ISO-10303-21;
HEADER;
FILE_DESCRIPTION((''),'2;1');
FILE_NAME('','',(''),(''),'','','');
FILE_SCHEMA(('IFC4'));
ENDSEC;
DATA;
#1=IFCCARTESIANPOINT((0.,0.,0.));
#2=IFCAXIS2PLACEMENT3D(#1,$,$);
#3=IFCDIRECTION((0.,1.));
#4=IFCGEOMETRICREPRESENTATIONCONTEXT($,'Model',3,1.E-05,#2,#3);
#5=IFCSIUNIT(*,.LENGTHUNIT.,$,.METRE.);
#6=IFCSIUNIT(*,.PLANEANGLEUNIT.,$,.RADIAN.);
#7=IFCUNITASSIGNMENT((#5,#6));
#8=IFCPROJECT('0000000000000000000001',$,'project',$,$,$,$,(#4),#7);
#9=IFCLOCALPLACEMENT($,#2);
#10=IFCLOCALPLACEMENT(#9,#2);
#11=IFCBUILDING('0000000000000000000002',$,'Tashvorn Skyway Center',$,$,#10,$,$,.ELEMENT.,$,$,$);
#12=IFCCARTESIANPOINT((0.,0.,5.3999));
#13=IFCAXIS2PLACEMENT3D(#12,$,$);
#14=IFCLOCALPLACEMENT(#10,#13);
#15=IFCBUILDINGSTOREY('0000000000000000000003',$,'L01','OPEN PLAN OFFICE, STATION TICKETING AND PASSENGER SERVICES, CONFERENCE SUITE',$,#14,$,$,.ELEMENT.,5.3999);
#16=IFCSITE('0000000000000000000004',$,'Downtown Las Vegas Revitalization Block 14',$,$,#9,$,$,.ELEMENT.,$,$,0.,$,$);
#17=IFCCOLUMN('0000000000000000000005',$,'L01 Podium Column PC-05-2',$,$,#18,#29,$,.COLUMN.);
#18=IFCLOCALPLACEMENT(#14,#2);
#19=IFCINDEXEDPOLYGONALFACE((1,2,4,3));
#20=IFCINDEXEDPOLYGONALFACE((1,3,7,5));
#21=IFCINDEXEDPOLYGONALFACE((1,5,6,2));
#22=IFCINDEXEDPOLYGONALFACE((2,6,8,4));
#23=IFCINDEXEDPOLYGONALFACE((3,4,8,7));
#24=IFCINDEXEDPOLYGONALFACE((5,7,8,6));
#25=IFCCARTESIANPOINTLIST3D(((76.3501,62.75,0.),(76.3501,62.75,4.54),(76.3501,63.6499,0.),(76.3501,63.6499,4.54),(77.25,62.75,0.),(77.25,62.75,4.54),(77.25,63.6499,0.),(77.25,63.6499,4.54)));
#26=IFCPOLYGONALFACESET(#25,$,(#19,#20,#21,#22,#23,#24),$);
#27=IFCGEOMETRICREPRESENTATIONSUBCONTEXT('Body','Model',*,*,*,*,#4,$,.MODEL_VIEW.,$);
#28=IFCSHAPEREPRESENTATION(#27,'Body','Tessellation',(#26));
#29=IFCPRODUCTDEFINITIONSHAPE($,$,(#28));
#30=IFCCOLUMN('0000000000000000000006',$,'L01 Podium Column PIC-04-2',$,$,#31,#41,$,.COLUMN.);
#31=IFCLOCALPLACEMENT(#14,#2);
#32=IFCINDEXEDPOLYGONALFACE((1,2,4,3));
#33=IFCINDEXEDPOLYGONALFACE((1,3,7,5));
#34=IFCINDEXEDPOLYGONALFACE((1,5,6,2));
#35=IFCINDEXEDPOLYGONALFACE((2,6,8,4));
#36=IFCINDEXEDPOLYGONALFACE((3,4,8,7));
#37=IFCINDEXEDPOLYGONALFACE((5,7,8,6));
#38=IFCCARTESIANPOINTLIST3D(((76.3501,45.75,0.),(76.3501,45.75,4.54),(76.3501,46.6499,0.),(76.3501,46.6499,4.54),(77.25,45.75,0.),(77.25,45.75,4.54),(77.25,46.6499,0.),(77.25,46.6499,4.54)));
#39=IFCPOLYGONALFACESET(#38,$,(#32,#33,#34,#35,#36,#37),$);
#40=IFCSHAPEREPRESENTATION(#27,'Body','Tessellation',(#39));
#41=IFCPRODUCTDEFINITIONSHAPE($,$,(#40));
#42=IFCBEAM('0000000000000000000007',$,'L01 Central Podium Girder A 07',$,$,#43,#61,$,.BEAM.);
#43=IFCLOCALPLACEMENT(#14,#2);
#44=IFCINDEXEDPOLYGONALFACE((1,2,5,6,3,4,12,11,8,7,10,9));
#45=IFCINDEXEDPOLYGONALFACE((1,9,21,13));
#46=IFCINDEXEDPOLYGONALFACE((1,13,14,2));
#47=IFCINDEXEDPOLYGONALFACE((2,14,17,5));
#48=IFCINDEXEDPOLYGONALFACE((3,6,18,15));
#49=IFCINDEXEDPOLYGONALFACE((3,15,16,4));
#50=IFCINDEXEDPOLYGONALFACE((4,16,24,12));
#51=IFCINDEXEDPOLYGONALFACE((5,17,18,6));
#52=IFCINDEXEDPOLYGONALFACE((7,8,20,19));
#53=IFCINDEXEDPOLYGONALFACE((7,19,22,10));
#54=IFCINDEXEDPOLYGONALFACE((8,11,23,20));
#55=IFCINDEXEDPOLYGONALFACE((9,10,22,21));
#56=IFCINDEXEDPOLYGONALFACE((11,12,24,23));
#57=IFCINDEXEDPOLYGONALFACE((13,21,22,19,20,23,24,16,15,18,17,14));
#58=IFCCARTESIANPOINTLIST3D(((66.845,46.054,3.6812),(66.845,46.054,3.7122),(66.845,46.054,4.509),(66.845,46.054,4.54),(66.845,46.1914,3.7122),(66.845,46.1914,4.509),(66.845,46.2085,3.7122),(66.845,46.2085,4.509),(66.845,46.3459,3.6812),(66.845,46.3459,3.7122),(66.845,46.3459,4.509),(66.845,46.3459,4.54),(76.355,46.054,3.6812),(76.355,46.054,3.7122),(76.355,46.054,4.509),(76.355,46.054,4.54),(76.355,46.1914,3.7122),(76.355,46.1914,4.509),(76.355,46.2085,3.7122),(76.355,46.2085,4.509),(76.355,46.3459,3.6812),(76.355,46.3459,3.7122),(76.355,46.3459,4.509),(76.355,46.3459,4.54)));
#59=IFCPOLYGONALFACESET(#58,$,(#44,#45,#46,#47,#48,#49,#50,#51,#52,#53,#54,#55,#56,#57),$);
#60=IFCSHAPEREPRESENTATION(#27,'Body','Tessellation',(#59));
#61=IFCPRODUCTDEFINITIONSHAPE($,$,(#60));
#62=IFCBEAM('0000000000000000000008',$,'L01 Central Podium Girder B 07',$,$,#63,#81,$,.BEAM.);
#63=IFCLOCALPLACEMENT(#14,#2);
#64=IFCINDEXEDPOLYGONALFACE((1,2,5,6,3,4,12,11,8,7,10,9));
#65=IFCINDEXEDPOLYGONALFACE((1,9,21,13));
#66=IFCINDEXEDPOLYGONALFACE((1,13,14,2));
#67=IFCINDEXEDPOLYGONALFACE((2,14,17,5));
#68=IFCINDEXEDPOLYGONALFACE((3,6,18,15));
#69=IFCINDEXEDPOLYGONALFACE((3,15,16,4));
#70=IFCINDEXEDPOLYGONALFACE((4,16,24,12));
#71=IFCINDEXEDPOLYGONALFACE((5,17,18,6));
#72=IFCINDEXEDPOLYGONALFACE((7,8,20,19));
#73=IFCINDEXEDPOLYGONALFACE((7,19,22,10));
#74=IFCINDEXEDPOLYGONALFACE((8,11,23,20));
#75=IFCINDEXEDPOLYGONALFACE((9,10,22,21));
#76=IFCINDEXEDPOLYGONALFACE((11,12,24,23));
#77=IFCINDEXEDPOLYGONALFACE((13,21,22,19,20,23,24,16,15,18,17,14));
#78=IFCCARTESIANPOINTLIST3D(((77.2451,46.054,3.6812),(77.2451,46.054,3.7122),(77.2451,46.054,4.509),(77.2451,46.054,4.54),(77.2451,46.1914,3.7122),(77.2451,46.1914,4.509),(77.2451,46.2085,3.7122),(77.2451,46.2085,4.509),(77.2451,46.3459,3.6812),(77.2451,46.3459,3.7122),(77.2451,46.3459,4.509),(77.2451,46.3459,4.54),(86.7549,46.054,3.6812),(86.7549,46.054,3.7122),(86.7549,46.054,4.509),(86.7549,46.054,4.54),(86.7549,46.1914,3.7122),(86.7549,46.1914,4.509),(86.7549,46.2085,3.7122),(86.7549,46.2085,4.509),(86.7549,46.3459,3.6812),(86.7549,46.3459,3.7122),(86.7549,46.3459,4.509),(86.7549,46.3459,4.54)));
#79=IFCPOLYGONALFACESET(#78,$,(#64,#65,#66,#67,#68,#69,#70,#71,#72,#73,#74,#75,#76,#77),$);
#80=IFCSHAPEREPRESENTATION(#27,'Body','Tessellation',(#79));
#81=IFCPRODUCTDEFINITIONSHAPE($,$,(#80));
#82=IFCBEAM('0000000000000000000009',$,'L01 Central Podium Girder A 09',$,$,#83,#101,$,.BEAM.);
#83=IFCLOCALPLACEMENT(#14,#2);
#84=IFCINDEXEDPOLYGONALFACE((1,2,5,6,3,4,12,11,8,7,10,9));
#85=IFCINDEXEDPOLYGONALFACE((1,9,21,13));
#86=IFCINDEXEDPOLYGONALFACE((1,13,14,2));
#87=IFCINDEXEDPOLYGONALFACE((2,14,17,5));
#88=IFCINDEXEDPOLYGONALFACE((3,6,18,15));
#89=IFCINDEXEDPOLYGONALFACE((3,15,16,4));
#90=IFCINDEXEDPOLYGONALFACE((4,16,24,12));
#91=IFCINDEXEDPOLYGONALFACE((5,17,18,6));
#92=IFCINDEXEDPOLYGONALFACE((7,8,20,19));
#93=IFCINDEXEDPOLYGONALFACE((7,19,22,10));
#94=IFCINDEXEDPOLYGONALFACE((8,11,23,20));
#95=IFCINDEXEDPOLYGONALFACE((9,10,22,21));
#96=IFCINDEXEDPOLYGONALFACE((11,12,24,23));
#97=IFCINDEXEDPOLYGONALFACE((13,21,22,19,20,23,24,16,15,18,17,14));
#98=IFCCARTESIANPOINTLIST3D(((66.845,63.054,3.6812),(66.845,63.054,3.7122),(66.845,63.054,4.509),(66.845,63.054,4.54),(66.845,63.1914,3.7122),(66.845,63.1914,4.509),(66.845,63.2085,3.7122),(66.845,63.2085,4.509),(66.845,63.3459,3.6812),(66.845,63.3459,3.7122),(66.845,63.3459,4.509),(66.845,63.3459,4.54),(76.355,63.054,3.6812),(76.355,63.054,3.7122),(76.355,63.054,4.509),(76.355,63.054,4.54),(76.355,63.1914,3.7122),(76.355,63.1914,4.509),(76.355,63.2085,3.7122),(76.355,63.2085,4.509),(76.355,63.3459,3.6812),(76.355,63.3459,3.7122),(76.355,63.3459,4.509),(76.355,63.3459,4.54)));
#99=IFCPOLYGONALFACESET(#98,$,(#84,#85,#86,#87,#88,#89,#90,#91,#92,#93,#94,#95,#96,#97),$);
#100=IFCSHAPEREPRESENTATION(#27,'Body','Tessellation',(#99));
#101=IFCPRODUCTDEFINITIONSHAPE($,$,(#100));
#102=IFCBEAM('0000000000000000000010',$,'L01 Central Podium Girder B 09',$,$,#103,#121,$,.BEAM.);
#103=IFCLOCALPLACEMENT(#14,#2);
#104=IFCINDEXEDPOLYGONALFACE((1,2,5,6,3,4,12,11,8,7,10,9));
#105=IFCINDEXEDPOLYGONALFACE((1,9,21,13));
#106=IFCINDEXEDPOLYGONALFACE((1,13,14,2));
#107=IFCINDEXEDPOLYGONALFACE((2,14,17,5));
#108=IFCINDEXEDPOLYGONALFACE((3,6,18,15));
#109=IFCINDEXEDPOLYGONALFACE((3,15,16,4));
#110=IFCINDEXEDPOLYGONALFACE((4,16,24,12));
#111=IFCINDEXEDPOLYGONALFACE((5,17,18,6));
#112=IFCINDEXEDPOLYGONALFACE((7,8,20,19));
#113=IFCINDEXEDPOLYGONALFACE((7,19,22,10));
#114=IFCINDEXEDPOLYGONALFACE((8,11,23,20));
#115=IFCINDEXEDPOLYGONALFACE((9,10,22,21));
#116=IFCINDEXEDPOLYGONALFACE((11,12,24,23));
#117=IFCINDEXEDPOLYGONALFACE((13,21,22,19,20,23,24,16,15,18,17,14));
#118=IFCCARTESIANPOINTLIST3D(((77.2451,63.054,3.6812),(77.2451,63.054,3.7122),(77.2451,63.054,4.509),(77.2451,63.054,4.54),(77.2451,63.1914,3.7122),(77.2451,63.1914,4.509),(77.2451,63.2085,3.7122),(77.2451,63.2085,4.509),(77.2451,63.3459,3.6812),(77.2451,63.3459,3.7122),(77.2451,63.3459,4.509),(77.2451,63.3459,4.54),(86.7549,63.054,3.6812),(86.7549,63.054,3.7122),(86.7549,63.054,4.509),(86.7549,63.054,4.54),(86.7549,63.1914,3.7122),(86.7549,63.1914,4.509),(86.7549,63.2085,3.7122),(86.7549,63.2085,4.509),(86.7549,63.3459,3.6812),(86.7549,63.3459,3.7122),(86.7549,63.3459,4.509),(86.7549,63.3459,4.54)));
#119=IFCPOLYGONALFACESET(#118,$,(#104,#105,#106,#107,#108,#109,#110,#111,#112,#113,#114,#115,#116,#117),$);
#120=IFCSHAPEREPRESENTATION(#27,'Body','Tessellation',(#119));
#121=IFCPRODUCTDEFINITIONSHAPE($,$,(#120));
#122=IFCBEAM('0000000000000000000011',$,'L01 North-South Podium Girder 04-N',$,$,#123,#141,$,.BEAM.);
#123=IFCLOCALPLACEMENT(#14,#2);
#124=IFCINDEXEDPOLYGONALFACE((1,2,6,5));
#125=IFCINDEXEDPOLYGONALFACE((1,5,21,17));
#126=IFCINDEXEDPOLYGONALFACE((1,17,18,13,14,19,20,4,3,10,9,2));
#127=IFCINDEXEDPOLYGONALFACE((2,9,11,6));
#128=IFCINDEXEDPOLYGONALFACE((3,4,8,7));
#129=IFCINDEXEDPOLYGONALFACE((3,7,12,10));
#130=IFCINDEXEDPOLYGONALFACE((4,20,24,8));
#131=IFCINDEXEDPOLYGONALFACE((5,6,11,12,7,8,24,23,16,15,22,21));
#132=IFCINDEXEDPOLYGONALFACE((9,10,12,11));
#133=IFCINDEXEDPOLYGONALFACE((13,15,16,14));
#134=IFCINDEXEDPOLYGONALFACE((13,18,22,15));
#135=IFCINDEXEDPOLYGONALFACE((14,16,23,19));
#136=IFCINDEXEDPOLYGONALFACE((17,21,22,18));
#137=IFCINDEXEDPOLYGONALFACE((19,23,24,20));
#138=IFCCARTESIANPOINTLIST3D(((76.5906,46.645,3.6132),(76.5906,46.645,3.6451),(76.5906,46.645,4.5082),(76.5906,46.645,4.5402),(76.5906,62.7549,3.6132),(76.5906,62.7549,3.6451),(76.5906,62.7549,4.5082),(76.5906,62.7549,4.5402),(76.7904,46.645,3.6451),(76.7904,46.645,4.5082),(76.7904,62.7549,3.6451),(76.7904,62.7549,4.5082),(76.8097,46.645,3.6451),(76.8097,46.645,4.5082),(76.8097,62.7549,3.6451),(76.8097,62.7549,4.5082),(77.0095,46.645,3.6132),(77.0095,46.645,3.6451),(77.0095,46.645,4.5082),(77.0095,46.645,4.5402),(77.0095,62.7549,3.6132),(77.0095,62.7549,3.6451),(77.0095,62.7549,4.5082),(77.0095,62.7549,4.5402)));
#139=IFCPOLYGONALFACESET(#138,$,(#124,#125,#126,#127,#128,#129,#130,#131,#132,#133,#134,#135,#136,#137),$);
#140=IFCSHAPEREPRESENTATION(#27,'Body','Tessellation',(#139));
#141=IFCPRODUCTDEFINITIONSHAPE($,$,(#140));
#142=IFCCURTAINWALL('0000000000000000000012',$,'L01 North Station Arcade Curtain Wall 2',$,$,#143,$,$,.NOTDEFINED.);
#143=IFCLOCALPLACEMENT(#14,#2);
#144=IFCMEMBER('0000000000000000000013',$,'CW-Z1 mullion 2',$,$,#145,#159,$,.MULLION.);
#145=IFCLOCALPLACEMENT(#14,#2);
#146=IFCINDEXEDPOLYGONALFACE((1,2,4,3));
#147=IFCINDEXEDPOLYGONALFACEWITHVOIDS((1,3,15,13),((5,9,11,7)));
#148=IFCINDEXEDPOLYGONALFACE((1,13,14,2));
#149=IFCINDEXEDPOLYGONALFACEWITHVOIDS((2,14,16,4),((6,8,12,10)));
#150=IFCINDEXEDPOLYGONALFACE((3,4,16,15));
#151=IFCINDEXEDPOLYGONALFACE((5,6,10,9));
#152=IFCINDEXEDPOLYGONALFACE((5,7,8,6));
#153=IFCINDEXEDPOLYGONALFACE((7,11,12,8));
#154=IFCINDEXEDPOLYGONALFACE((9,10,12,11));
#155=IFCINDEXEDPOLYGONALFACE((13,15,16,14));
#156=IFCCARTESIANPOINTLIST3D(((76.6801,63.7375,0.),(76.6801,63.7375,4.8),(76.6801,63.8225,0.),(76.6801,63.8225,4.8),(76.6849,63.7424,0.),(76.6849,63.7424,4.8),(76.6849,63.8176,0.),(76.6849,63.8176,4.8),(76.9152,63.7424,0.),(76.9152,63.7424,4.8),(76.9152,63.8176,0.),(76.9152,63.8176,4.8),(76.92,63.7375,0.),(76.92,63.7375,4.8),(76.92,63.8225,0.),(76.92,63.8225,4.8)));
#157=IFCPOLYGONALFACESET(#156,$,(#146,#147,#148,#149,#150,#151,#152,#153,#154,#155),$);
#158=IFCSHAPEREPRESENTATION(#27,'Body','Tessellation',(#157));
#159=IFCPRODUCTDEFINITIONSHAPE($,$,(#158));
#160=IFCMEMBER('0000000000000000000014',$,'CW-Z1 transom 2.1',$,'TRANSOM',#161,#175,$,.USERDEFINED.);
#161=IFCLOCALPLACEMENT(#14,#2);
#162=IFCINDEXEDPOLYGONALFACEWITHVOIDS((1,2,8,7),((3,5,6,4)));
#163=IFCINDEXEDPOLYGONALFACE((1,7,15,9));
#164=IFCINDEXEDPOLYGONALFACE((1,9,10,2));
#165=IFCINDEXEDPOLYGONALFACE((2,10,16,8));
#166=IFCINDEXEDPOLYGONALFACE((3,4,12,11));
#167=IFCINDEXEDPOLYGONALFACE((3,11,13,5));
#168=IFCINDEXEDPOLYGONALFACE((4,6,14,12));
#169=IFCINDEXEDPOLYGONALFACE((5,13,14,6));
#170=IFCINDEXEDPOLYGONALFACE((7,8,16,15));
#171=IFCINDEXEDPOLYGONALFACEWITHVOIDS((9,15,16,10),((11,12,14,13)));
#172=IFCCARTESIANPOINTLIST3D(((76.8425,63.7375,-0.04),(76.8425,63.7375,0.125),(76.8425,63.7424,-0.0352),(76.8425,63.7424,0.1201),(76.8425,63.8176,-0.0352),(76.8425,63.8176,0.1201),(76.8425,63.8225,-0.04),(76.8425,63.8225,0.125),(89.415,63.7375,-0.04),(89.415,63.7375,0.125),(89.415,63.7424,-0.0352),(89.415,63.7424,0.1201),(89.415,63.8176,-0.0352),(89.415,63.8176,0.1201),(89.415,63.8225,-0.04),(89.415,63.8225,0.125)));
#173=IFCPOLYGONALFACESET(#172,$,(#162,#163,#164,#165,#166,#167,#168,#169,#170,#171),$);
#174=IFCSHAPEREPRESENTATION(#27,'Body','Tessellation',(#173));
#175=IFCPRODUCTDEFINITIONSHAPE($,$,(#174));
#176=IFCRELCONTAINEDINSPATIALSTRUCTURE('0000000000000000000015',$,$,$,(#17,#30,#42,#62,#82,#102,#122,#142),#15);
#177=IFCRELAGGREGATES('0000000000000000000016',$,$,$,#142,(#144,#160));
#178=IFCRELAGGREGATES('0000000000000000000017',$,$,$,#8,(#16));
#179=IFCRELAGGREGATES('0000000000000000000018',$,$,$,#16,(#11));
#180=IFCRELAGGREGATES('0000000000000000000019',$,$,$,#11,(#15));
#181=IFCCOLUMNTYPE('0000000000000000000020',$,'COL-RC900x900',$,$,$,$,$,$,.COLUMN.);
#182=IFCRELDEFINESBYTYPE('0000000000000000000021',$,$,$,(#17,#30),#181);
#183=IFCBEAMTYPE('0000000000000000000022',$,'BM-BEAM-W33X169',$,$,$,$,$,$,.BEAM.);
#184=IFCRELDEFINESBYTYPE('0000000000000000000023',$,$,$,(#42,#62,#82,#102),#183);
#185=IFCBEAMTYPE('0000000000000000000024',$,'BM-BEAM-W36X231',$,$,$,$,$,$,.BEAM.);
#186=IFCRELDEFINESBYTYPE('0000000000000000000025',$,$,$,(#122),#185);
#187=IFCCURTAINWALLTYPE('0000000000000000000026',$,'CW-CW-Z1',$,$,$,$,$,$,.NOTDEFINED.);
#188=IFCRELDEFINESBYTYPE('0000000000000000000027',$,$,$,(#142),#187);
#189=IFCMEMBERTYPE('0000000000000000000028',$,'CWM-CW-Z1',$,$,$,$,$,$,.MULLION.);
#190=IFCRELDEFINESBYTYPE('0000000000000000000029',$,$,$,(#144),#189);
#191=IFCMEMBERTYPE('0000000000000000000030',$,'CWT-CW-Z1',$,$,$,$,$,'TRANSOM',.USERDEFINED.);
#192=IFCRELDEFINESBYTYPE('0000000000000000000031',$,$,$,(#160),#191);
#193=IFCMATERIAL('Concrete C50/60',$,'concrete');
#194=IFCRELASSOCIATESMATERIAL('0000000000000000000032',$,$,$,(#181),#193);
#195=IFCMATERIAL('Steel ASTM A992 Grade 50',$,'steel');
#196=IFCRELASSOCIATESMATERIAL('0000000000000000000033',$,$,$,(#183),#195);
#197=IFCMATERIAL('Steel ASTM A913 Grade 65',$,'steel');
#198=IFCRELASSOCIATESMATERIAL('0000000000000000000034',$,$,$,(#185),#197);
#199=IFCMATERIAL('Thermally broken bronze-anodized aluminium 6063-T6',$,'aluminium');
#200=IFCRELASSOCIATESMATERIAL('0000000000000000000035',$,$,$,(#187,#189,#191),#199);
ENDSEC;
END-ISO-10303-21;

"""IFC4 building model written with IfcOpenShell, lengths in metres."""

from ifc_helpers import new_model, si_unit, direction, frame, origin, origin_2d, place, context, subcontext, project, spatial, rectangle, hollow_rectangle, i_section, extrude, material, material_profile, profile_set, type_object, element, aggregate, save


model = new_model("IFC4")

# Units and contexts
model_context = context("Model", 3, precision=1e-05, world=origin(), true_north=direction((0.0, 1.0)))
body_context = subcontext(model_context, "Body", "Model", "MODEL_VIEW")
ifc_project = project(units=[si_unit("LENGTHUNIT", "METRE"), si_unit("PLANEANGLEUNIT", "RADIAN")], contexts=[model_context])

# Site, building, storey
site_placement = place(None, origin())
site = spatial("IfcSite", under=ifc_project, at=site_placement, Name="Downtown Las Vegas Revitalization Block 14", CompositionType="ELEMENT", RefElevation=0.0)
building_placement = place(site_placement, origin())
building = spatial("IfcBuilding", under=site, at=building_placement, Name="Tashvorn Skyway Center", CompositionType="ELEMENT")
storey_placement = place(building_placement, frame((0.0, 0.0, 5.3999)))
storey = spatial("IfcBuildingStorey", under=building, at=storey_placement, Name="L01", Description="OPEN PLAN OFFICE, STATION TICKETING AND PASSENGER SERVICES, CONFERENCE SUITE", CompositionType="ELEMENT", Elevation=5.3999)

# Columns
ifc_material_1 = material(Name="Concrete C50/60", Category="concrete")
ifc_material_profile_1 = material_profile(ifc_material_1, rectangle(XDim=0.8999, YDim=0.8999, at=origin_2d()), Name="RC900x900")
ifc_profile_set_1 = profile_set([ifc_material_profile_1], Name="Concrete C50/60")
column_type = type_object("IfcColumnType", Name="COL-RC900x900", PredefinedType="COLUMN", material=ifc_profile_set_1)
for number, where, z_axis, x_axis, name in (
    (1, (76.8, 63.2, 0.0), (0.0, 0.0, 1.0), (1.0, 0.0, 0.0), "L01 Podium Column PC-05-2"),
    (2, (76.8, 46.2, 0.0), (0.0, 0.0, 1.0), (1.0, 0.0, 0.0), "L01 Podium Column PIC-04-2"),
):
    element("IfcColumn", number, at=place(storey_placement, frame(where, z_axis=z_axis, x_axis=x_axis)), inside=storey, type_object=column_type, Name=name, PredefinedType="COLUMN", context=body_context, shape_type="SweptSolid", body=[
        extrude(rectangle(XDim=0.8999, YDim=0.8999, at=origin_2d()), origin(), (0.0, 0.0, 1.0), 4.54),
    ])

# Beams
ifc_material_2 = material(Name="Steel ASTM A992 Grade 50", Category="steel")
ifc_material_profile_2 = material_profile(ifc_material_2, i_section(OverallWidth=0.292, OverallDepth=0.8589, WebThickness=0.0171, FlangeThickness=0.031, at=origin_2d()), Name="W33X169")
ifc_profile_set_2 = profile_set([ifc_material_profile_2], Name="Steel ASTM A992 Grade 50")
beam_type_1 = type_object("IfcBeamType", Name="BM-BEAM-W33X169", PredefinedType="BEAM", material=ifc_profile_set_2)
beam_1_placement = place(storey_placement, frame((66.845, 46.2, 4.1106), z_axis=(1.0, 0.0, 0.0), x_axis=(0.0, 1.0, 0.0)))
element("IfcBeam", 3, at=beam_1_placement, inside=storey, type_object=beam_type_1, Name="L01 Central Podium Girder A 07", PredefinedType="BEAM", context=body_context, shape_type="SweptSolid", body=[
    extrude(i_section(OverallWidth=0.292, OverallDepth=0.8589, WebThickness=0.0171, FlangeThickness=0.031, at=origin_2d()), origin(), (0.0, 0.0, 1.0), 9.51),
])
beam_2_placement = place(storey_placement, frame((77.2451, 46.2, 4.1106), z_axis=(1.0, 0.0, 0.0), x_axis=(0.0, 1.0, 0.0)))
element("IfcBeam", 4, at=beam_2_placement, inside=storey, type_object=beam_type_1, Name="L01 Central Podium Girder B 07", PredefinedType="BEAM", context=body_context, shape_type="SweptSolid", body=[
    extrude(i_section(OverallWidth=0.292, OverallDepth=0.8589, WebThickness=0.0171, FlangeThickness=0.031, at=origin_2d()), origin(), (0.0, 0.0, 1.0), 9.5098),
])
beam_3_placement = place(storey_placement, frame((66.845, 63.2, 4.1106), z_axis=(1.0, 0.0, 0.0), x_axis=(0.0, 1.0, 0.0)))
element("IfcBeam", 5, at=beam_3_placement, inside=storey, type_object=beam_type_1, Name="L01 Central Podium Girder A 09", PredefinedType="BEAM", context=body_context, shape_type="SweptSolid", body=[
    extrude(i_section(OverallWidth=0.292, OverallDepth=0.8589, WebThickness=0.0171, FlangeThickness=0.031, at=origin_2d()), origin(), (0.0, 0.0, 1.0), 9.51),
])
beam_4_placement = place(storey_placement, frame((77.2451, 63.2, 4.1106), z_axis=(1.0, 0.0, 0.0), x_axis=(0.0, 1.0, 0.0)))
element("IfcBeam", 6, at=beam_4_placement, inside=storey, type_object=beam_type_1, Name="L01 Central Podium Girder B 09", PredefinedType="BEAM", context=body_context, shape_type="SweptSolid", body=[
    extrude(i_section(OverallWidth=0.292, OverallDepth=0.8589, WebThickness=0.0171, FlangeThickness=0.031, at=origin_2d()), origin(), (0.0, 0.0, 1.0), 9.5098),
])
ifc_material_3 = material(Name="Steel ASTM A913 Grade 65", Category="steel")
ifc_material_profile_3 = material_profile(ifc_material_3, i_section(OverallWidth=0.4189, OverallDepth=0.927, WebThickness=0.0193, FlangeThickness=0.032, at=origin_2d()), Name="W36X231")
ifc_profile_set_3 = profile_set([ifc_material_profile_3], Name="Steel ASTM A913 Grade 65")
beam_type_2 = type_object("IfcBeamType", Name="BM-BEAM-W36X231", PredefinedType="BEAM", material=ifc_profile_set_3)
beam_5_placement = place(storey_placement, frame((76.8, 46.645, 4.0767), z_axis=(0.0, 1.0, 0.0), x_axis=(-1.0, 0.0, 0.0)))
element("IfcBeam", 7, at=beam_5_placement, inside=storey, type_object=beam_type_2, Name="L01 North-South Podium Girder 04-N", PredefinedType="BEAM", context=body_context, shape_type="SweptSolid", body=[
    extrude(i_section(OverallWidth=0.4189, OverallDepth=0.927, WebThickness=0.0193, FlangeThickness=0.032, at=origin_2d()), origin(), (0.0, 0.0, 1.0), 16.1099),
])

# Curtain wall, members
ifc_material_4 = material(Name="Thermally broken bronze-anodized aluminium 6063-T6", Category="aluminium")
curtain_wall_type = type_object("IfcCurtainWallType", Name="CW-CW-Z1", PredefinedType="NOTDEFINED", material=ifc_material_4)
curtain_wall_placement = place(storey_placement, origin())
curtain_wall = element("IfcCurtainWall", 8, at=curtain_wall_placement, inside=storey, type_object=curtain_wall_type, Name="L01 North Station Arcade Curtain Wall 2", PredefinedType="NOTDEFINED")
ifc_material_profile_4 = material_profile(ifc_material_4, hollow_rectangle(XDim=0.085, YDim=0.24, WallThickness=0.0049, at=origin_2d()), Name="ALU-MULL-85x240")
ifc_profile_set_4 = profile_set([ifc_material_profile_4], Name="Thermally broken bronze-anodized aluminium 6063-T6")
member_type_1 = type_object("IfcMemberType", Name="CWM-CW-Z1", PredefinedType="MULLION", material=ifc_profile_set_4)
member_1_placement = place(storey_placement, frame((76.8, 63.78, 0.0), z_axis=(0.0, 0.0, 1.0), x_axis=(0.0, 1.0, 0.0)))
member_1 = element("IfcMember", 9, at=member_1_placement, type_object=member_type_1, Name="CW-Z1 mullion 2", PredefinedType="MULLION", context=body_context, shape_type="SweptSolid", body=[
    extrude(hollow_rectangle(XDim=0.085, YDim=0.24, WallThickness=0.0049, at=origin_2d()), origin(), (0.0, 0.0, 1.0), 4.8),
])
ifc_material_profile_5 = material_profile(ifc_material_4, hollow_rectangle(XDim=0.085, YDim=0.165, WallThickness=0.0049, at=origin_2d()), Name="ALU-TRAN-85x165")
ifc_profile_set_5 = profile_set([ifc_material_profile_5], Name="Thermally broken bronze-anodized aluminium 6063-T6")
member_type_2 = type_object("IfcMemberType", Name="CWT-CW-Z1", ElementType="TRANSOM", PredefinedType="USERDEFINED", material=ifc_profile_set_5)
member_2_placement = place(storey_placement, frame((76.8425, 63.78, 0.0425), z_axis=(1.0, 0.0, 0.0), x_axis=(0.0, 1.0, 0.0)))
member_2 = element("IfcMember", 10, at=member_2_placement, type_object=member_type_2, Name="CW-Z1 transom 2.1", ObjectType="TRANSOM", PredefinedType="USERDEFINED", context=body_context, shape_type="SweptSolid", body=[
    extrude(hollow_rectangle(XDim=0.085, YDim=0.165, WallThickness=0.0049, at=origin_2d()), origin(), (0.0, 0.0, 1.0), 12.5725),
])
aggregate(curtain_wall, [member_1, member_2])

save(model, "model.ifc")
